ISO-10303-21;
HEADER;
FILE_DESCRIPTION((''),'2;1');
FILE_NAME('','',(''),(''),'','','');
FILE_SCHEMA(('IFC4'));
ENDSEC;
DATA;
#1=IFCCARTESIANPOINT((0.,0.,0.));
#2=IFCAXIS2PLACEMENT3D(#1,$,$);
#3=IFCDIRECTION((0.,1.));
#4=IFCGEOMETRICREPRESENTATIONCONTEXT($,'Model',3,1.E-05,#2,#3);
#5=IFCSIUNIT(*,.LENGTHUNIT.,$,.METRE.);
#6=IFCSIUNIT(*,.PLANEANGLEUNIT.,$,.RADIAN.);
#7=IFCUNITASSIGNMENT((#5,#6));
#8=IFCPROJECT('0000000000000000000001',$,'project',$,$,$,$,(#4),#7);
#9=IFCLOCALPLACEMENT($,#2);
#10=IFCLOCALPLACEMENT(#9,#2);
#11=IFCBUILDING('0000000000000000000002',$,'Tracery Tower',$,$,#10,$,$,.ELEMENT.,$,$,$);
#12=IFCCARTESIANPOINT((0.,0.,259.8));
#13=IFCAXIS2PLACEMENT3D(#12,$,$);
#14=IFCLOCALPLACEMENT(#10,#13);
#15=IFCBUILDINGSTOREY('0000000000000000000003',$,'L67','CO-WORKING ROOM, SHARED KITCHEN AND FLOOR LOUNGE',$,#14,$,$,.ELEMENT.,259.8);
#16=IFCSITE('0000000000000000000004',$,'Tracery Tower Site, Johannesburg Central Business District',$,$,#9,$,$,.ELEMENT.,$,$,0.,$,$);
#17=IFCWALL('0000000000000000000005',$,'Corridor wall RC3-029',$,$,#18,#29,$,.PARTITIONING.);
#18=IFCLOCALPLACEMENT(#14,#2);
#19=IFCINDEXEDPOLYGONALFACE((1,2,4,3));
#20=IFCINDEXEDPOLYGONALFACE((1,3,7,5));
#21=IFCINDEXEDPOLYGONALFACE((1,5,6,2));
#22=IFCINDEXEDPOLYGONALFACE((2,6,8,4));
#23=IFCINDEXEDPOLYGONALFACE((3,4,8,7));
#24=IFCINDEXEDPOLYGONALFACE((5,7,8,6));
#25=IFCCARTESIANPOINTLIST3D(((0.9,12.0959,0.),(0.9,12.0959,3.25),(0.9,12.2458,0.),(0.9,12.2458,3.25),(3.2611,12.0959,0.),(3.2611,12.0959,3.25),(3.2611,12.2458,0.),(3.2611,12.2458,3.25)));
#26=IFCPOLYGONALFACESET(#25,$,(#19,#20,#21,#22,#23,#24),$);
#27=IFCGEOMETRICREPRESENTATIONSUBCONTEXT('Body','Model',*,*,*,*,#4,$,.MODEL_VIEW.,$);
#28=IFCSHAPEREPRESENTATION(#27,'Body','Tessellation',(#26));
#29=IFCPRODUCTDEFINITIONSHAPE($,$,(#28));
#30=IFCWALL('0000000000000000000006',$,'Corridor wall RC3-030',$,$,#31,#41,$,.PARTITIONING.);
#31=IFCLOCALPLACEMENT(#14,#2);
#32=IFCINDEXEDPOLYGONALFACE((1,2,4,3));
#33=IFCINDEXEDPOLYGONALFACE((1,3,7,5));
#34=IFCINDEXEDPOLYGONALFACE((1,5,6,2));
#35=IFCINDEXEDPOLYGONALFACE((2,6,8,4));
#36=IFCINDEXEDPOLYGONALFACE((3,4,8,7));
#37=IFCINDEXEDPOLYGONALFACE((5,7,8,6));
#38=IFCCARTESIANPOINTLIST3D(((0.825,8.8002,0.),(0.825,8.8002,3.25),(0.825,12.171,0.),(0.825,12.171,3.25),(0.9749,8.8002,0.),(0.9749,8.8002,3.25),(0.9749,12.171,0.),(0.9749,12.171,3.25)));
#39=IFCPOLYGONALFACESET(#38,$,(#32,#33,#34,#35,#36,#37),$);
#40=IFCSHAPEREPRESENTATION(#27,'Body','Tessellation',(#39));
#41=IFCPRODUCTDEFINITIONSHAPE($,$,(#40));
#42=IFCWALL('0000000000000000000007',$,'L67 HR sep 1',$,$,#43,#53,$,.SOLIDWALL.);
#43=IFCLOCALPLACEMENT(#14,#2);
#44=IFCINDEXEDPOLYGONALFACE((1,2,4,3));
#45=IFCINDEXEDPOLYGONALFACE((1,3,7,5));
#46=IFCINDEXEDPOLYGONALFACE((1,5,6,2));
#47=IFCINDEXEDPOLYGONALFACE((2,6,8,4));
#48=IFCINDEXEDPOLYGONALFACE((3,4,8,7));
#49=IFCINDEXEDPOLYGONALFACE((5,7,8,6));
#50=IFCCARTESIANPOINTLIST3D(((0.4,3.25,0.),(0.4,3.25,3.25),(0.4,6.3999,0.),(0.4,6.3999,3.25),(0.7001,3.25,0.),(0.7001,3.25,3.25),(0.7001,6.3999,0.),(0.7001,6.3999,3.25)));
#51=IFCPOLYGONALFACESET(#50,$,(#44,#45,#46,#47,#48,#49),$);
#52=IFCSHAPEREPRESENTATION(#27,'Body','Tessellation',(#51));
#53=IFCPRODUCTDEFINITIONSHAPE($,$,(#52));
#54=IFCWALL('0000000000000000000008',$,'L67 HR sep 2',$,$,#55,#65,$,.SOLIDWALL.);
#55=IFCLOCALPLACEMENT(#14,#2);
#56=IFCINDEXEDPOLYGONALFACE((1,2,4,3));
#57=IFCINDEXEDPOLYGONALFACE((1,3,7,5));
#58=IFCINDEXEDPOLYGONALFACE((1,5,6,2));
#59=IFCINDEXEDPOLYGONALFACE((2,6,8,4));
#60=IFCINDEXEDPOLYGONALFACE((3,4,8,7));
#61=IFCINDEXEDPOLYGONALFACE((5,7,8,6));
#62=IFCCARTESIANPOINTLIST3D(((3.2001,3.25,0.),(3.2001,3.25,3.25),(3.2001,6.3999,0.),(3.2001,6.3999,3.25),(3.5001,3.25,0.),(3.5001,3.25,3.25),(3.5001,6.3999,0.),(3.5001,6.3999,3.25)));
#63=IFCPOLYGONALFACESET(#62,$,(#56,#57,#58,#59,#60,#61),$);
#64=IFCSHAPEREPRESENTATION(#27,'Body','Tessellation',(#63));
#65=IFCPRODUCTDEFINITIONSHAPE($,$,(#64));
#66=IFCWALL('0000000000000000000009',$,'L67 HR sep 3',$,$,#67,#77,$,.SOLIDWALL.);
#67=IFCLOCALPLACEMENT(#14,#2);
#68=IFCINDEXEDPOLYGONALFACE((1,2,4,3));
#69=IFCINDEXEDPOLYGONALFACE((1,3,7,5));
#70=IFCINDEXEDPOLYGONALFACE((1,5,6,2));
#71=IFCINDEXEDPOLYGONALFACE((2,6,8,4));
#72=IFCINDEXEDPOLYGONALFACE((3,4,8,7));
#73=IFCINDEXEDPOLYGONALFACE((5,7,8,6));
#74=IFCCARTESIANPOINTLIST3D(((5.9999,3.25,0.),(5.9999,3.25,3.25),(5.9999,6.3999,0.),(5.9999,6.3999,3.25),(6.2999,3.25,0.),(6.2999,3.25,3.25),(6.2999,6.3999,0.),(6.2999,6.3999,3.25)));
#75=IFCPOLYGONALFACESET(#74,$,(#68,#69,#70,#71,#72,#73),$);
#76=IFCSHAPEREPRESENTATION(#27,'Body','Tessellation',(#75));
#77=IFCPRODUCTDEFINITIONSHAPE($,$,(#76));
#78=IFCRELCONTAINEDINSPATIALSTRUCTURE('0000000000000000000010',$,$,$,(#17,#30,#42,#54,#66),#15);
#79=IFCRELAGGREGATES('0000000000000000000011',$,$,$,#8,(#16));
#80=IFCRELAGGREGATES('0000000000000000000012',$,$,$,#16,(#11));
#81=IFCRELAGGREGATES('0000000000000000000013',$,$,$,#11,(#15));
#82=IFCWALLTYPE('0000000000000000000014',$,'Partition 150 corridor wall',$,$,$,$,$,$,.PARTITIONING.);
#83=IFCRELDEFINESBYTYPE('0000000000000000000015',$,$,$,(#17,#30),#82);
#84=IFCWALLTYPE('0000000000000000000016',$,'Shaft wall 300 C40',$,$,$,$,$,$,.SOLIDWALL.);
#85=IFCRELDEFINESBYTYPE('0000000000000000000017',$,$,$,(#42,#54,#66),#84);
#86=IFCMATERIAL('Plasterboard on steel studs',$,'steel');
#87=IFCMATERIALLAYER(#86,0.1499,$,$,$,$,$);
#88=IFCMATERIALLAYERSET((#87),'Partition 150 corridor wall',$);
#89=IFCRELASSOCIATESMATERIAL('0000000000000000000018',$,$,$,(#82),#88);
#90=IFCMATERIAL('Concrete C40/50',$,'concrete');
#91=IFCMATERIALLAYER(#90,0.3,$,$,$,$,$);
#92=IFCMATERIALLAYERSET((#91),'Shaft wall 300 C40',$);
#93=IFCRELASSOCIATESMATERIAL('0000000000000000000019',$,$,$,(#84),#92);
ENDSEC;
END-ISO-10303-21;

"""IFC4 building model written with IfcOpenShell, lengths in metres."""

from ifc_helpers import new_model, si_unit, direction, frame, frame_2d, origin, place, context, subcontext, project, spatial, rectangle, extrude, material, layer, layer_set, type_object, element, save


model = new_model("IFC4")

# Units and contexts
model_context = context("Model", 3, precision=1e-05, world=origin(), true_north=direction((0.0, 1.0)))
body_context = subcontext(model_context, "Body", "Model", "MODEL_VIEW")
ifc_project = project(units=[si_unit("LENGTHUNIT", "METRE"), si_unit("PLANEANGLEUNIT", "RADIAN")], contexts=[model_context])

# Site, building, storey
site_placement = place(None, origin())
site = spatial("IfcSite", under=ifc_project, at=site_placement, Name="Tracery Tower Site, Johannesburg Central Business District", CompositionType="ELEMENT", RefElevation=0.0)
building_placement = place(site_placement, origin())
building = spatial("IfcBuilding", under=site, at=building_placement, Name="Tracery Tower", CompositionType="ELEMENT")
storey_placement = place(building_placement, frame((0.0, 0.0, 259.8)))
storey = spatial("IfcBuildingStorey", under=building, at=storey_placement, Name="L67", Description="CO-WORKING ROOM, SHARED KITCHEN AND FLOOR LOUNGE", CompositionType="ELEMENT", Elevation=259.8)

# Shared definitions
ifc_material_1 = material(Name="Plasterboard on steel studs", Category="steel")
ifc_layer_1 = layer(ifc_material_1, 0.1499)
ifc_layer_set_1 = layer_set([ifc_layer_1], Name="Partition 150 corridor wall")
wall_type_1 = type_object("IfcWallType", Name="Partition 150 corridor wall", PredefinedType="PARTITIONING", material=ifc_layer_set_1)

# Walls
wall_1_placement = place(storey_placement, frame((0.8999, 12.1709, 0.0), z_axis=(0.0, 0.0, 1.0), x_axis=(1.0, 0.0, 0.0)))
element("IfcWall", 1, at=wall_1_placement, inside=storey, type_object=wall_type_1, Name="Corridor wall RC3-029", PredefinedType="PARTITIONING", context=body_context, shape_type="SweptSolid", body=[
    extrude(rectangle(XDim=2.3611, YDim=0.1499, at=frame_2d((1.1807, 0.0))), origin(), (0.0, 0.0, 1.0), 3.25),
])
wall_2_placement = place(storey_placement, frame((0.8999, 8.8, 0.0), z_axis=(0.0, 0.0, 1.0), x_axis=(0.0, 1.0, 0.0)))
element("IfcWall", 2, at=wall_2_placement, inside=storey, type_object=wall_type_1, Name="Corridor wall RC3-030", PredefinedType="PARTITIONING", context=body_context, shape_type="SweptSolid", body=[
    extrude(rectangle(XDim=3.3708, YDim=0.1499, at=frame_2d((1.6855, 0.0))), origin(), (0.0, 0.0, 1.0), 3.25),
])
ifc_material_2 = material(Name="Concrete C40/50", Category="concrete")
ifc_layer_2 = layer(ifc_material_2, 0.3)
ifc_layer_set_2 = layer_set([ifc_layer_2], Name="Shaft wall 300 C40")
wall_type_2 = type_object("IfcWallType", Name="Shaft wall 300 C40", PredefinedType="SOLIDWALL", material=ifc_layer_set_2)
for number, where, z_axis, x_axis, name in (
    (3, (0.55, 3.25, 0.0), (0.0, 0.0, 1.0), (0.0, 1.0, 0.0), "L67 HR sep 1"),
    (4, (3.3501, 3.25, 0.0), (0.0, 0.0, 1.0), (0.0, 1.0, 0.0), "L67 HR sep 2"),
    (5, (6.1499, 3.25, 0.0), (0.0, 0.0, 1.0), (0.0, 1.0, 0.0), "L67 HR sep 3"),
):
    element("IfcWall", number, at=place(storey_placement, frame(where, z_axis=z_axis, x_axis=x_axis)), inside=storey, type_object=wall_type_2, Name=name, PredefinedType="SOLIDWALL", context=body_context, shape_type="SweptSolid", body=[
        extrude(rectangle(XDim=3.1499, YDim=0.3, at=frame_2d((1.575, 0.0))), origin(), (0.0, 0.0, 1.0), 3.25),
    ])

save(model, "model.ifc")
